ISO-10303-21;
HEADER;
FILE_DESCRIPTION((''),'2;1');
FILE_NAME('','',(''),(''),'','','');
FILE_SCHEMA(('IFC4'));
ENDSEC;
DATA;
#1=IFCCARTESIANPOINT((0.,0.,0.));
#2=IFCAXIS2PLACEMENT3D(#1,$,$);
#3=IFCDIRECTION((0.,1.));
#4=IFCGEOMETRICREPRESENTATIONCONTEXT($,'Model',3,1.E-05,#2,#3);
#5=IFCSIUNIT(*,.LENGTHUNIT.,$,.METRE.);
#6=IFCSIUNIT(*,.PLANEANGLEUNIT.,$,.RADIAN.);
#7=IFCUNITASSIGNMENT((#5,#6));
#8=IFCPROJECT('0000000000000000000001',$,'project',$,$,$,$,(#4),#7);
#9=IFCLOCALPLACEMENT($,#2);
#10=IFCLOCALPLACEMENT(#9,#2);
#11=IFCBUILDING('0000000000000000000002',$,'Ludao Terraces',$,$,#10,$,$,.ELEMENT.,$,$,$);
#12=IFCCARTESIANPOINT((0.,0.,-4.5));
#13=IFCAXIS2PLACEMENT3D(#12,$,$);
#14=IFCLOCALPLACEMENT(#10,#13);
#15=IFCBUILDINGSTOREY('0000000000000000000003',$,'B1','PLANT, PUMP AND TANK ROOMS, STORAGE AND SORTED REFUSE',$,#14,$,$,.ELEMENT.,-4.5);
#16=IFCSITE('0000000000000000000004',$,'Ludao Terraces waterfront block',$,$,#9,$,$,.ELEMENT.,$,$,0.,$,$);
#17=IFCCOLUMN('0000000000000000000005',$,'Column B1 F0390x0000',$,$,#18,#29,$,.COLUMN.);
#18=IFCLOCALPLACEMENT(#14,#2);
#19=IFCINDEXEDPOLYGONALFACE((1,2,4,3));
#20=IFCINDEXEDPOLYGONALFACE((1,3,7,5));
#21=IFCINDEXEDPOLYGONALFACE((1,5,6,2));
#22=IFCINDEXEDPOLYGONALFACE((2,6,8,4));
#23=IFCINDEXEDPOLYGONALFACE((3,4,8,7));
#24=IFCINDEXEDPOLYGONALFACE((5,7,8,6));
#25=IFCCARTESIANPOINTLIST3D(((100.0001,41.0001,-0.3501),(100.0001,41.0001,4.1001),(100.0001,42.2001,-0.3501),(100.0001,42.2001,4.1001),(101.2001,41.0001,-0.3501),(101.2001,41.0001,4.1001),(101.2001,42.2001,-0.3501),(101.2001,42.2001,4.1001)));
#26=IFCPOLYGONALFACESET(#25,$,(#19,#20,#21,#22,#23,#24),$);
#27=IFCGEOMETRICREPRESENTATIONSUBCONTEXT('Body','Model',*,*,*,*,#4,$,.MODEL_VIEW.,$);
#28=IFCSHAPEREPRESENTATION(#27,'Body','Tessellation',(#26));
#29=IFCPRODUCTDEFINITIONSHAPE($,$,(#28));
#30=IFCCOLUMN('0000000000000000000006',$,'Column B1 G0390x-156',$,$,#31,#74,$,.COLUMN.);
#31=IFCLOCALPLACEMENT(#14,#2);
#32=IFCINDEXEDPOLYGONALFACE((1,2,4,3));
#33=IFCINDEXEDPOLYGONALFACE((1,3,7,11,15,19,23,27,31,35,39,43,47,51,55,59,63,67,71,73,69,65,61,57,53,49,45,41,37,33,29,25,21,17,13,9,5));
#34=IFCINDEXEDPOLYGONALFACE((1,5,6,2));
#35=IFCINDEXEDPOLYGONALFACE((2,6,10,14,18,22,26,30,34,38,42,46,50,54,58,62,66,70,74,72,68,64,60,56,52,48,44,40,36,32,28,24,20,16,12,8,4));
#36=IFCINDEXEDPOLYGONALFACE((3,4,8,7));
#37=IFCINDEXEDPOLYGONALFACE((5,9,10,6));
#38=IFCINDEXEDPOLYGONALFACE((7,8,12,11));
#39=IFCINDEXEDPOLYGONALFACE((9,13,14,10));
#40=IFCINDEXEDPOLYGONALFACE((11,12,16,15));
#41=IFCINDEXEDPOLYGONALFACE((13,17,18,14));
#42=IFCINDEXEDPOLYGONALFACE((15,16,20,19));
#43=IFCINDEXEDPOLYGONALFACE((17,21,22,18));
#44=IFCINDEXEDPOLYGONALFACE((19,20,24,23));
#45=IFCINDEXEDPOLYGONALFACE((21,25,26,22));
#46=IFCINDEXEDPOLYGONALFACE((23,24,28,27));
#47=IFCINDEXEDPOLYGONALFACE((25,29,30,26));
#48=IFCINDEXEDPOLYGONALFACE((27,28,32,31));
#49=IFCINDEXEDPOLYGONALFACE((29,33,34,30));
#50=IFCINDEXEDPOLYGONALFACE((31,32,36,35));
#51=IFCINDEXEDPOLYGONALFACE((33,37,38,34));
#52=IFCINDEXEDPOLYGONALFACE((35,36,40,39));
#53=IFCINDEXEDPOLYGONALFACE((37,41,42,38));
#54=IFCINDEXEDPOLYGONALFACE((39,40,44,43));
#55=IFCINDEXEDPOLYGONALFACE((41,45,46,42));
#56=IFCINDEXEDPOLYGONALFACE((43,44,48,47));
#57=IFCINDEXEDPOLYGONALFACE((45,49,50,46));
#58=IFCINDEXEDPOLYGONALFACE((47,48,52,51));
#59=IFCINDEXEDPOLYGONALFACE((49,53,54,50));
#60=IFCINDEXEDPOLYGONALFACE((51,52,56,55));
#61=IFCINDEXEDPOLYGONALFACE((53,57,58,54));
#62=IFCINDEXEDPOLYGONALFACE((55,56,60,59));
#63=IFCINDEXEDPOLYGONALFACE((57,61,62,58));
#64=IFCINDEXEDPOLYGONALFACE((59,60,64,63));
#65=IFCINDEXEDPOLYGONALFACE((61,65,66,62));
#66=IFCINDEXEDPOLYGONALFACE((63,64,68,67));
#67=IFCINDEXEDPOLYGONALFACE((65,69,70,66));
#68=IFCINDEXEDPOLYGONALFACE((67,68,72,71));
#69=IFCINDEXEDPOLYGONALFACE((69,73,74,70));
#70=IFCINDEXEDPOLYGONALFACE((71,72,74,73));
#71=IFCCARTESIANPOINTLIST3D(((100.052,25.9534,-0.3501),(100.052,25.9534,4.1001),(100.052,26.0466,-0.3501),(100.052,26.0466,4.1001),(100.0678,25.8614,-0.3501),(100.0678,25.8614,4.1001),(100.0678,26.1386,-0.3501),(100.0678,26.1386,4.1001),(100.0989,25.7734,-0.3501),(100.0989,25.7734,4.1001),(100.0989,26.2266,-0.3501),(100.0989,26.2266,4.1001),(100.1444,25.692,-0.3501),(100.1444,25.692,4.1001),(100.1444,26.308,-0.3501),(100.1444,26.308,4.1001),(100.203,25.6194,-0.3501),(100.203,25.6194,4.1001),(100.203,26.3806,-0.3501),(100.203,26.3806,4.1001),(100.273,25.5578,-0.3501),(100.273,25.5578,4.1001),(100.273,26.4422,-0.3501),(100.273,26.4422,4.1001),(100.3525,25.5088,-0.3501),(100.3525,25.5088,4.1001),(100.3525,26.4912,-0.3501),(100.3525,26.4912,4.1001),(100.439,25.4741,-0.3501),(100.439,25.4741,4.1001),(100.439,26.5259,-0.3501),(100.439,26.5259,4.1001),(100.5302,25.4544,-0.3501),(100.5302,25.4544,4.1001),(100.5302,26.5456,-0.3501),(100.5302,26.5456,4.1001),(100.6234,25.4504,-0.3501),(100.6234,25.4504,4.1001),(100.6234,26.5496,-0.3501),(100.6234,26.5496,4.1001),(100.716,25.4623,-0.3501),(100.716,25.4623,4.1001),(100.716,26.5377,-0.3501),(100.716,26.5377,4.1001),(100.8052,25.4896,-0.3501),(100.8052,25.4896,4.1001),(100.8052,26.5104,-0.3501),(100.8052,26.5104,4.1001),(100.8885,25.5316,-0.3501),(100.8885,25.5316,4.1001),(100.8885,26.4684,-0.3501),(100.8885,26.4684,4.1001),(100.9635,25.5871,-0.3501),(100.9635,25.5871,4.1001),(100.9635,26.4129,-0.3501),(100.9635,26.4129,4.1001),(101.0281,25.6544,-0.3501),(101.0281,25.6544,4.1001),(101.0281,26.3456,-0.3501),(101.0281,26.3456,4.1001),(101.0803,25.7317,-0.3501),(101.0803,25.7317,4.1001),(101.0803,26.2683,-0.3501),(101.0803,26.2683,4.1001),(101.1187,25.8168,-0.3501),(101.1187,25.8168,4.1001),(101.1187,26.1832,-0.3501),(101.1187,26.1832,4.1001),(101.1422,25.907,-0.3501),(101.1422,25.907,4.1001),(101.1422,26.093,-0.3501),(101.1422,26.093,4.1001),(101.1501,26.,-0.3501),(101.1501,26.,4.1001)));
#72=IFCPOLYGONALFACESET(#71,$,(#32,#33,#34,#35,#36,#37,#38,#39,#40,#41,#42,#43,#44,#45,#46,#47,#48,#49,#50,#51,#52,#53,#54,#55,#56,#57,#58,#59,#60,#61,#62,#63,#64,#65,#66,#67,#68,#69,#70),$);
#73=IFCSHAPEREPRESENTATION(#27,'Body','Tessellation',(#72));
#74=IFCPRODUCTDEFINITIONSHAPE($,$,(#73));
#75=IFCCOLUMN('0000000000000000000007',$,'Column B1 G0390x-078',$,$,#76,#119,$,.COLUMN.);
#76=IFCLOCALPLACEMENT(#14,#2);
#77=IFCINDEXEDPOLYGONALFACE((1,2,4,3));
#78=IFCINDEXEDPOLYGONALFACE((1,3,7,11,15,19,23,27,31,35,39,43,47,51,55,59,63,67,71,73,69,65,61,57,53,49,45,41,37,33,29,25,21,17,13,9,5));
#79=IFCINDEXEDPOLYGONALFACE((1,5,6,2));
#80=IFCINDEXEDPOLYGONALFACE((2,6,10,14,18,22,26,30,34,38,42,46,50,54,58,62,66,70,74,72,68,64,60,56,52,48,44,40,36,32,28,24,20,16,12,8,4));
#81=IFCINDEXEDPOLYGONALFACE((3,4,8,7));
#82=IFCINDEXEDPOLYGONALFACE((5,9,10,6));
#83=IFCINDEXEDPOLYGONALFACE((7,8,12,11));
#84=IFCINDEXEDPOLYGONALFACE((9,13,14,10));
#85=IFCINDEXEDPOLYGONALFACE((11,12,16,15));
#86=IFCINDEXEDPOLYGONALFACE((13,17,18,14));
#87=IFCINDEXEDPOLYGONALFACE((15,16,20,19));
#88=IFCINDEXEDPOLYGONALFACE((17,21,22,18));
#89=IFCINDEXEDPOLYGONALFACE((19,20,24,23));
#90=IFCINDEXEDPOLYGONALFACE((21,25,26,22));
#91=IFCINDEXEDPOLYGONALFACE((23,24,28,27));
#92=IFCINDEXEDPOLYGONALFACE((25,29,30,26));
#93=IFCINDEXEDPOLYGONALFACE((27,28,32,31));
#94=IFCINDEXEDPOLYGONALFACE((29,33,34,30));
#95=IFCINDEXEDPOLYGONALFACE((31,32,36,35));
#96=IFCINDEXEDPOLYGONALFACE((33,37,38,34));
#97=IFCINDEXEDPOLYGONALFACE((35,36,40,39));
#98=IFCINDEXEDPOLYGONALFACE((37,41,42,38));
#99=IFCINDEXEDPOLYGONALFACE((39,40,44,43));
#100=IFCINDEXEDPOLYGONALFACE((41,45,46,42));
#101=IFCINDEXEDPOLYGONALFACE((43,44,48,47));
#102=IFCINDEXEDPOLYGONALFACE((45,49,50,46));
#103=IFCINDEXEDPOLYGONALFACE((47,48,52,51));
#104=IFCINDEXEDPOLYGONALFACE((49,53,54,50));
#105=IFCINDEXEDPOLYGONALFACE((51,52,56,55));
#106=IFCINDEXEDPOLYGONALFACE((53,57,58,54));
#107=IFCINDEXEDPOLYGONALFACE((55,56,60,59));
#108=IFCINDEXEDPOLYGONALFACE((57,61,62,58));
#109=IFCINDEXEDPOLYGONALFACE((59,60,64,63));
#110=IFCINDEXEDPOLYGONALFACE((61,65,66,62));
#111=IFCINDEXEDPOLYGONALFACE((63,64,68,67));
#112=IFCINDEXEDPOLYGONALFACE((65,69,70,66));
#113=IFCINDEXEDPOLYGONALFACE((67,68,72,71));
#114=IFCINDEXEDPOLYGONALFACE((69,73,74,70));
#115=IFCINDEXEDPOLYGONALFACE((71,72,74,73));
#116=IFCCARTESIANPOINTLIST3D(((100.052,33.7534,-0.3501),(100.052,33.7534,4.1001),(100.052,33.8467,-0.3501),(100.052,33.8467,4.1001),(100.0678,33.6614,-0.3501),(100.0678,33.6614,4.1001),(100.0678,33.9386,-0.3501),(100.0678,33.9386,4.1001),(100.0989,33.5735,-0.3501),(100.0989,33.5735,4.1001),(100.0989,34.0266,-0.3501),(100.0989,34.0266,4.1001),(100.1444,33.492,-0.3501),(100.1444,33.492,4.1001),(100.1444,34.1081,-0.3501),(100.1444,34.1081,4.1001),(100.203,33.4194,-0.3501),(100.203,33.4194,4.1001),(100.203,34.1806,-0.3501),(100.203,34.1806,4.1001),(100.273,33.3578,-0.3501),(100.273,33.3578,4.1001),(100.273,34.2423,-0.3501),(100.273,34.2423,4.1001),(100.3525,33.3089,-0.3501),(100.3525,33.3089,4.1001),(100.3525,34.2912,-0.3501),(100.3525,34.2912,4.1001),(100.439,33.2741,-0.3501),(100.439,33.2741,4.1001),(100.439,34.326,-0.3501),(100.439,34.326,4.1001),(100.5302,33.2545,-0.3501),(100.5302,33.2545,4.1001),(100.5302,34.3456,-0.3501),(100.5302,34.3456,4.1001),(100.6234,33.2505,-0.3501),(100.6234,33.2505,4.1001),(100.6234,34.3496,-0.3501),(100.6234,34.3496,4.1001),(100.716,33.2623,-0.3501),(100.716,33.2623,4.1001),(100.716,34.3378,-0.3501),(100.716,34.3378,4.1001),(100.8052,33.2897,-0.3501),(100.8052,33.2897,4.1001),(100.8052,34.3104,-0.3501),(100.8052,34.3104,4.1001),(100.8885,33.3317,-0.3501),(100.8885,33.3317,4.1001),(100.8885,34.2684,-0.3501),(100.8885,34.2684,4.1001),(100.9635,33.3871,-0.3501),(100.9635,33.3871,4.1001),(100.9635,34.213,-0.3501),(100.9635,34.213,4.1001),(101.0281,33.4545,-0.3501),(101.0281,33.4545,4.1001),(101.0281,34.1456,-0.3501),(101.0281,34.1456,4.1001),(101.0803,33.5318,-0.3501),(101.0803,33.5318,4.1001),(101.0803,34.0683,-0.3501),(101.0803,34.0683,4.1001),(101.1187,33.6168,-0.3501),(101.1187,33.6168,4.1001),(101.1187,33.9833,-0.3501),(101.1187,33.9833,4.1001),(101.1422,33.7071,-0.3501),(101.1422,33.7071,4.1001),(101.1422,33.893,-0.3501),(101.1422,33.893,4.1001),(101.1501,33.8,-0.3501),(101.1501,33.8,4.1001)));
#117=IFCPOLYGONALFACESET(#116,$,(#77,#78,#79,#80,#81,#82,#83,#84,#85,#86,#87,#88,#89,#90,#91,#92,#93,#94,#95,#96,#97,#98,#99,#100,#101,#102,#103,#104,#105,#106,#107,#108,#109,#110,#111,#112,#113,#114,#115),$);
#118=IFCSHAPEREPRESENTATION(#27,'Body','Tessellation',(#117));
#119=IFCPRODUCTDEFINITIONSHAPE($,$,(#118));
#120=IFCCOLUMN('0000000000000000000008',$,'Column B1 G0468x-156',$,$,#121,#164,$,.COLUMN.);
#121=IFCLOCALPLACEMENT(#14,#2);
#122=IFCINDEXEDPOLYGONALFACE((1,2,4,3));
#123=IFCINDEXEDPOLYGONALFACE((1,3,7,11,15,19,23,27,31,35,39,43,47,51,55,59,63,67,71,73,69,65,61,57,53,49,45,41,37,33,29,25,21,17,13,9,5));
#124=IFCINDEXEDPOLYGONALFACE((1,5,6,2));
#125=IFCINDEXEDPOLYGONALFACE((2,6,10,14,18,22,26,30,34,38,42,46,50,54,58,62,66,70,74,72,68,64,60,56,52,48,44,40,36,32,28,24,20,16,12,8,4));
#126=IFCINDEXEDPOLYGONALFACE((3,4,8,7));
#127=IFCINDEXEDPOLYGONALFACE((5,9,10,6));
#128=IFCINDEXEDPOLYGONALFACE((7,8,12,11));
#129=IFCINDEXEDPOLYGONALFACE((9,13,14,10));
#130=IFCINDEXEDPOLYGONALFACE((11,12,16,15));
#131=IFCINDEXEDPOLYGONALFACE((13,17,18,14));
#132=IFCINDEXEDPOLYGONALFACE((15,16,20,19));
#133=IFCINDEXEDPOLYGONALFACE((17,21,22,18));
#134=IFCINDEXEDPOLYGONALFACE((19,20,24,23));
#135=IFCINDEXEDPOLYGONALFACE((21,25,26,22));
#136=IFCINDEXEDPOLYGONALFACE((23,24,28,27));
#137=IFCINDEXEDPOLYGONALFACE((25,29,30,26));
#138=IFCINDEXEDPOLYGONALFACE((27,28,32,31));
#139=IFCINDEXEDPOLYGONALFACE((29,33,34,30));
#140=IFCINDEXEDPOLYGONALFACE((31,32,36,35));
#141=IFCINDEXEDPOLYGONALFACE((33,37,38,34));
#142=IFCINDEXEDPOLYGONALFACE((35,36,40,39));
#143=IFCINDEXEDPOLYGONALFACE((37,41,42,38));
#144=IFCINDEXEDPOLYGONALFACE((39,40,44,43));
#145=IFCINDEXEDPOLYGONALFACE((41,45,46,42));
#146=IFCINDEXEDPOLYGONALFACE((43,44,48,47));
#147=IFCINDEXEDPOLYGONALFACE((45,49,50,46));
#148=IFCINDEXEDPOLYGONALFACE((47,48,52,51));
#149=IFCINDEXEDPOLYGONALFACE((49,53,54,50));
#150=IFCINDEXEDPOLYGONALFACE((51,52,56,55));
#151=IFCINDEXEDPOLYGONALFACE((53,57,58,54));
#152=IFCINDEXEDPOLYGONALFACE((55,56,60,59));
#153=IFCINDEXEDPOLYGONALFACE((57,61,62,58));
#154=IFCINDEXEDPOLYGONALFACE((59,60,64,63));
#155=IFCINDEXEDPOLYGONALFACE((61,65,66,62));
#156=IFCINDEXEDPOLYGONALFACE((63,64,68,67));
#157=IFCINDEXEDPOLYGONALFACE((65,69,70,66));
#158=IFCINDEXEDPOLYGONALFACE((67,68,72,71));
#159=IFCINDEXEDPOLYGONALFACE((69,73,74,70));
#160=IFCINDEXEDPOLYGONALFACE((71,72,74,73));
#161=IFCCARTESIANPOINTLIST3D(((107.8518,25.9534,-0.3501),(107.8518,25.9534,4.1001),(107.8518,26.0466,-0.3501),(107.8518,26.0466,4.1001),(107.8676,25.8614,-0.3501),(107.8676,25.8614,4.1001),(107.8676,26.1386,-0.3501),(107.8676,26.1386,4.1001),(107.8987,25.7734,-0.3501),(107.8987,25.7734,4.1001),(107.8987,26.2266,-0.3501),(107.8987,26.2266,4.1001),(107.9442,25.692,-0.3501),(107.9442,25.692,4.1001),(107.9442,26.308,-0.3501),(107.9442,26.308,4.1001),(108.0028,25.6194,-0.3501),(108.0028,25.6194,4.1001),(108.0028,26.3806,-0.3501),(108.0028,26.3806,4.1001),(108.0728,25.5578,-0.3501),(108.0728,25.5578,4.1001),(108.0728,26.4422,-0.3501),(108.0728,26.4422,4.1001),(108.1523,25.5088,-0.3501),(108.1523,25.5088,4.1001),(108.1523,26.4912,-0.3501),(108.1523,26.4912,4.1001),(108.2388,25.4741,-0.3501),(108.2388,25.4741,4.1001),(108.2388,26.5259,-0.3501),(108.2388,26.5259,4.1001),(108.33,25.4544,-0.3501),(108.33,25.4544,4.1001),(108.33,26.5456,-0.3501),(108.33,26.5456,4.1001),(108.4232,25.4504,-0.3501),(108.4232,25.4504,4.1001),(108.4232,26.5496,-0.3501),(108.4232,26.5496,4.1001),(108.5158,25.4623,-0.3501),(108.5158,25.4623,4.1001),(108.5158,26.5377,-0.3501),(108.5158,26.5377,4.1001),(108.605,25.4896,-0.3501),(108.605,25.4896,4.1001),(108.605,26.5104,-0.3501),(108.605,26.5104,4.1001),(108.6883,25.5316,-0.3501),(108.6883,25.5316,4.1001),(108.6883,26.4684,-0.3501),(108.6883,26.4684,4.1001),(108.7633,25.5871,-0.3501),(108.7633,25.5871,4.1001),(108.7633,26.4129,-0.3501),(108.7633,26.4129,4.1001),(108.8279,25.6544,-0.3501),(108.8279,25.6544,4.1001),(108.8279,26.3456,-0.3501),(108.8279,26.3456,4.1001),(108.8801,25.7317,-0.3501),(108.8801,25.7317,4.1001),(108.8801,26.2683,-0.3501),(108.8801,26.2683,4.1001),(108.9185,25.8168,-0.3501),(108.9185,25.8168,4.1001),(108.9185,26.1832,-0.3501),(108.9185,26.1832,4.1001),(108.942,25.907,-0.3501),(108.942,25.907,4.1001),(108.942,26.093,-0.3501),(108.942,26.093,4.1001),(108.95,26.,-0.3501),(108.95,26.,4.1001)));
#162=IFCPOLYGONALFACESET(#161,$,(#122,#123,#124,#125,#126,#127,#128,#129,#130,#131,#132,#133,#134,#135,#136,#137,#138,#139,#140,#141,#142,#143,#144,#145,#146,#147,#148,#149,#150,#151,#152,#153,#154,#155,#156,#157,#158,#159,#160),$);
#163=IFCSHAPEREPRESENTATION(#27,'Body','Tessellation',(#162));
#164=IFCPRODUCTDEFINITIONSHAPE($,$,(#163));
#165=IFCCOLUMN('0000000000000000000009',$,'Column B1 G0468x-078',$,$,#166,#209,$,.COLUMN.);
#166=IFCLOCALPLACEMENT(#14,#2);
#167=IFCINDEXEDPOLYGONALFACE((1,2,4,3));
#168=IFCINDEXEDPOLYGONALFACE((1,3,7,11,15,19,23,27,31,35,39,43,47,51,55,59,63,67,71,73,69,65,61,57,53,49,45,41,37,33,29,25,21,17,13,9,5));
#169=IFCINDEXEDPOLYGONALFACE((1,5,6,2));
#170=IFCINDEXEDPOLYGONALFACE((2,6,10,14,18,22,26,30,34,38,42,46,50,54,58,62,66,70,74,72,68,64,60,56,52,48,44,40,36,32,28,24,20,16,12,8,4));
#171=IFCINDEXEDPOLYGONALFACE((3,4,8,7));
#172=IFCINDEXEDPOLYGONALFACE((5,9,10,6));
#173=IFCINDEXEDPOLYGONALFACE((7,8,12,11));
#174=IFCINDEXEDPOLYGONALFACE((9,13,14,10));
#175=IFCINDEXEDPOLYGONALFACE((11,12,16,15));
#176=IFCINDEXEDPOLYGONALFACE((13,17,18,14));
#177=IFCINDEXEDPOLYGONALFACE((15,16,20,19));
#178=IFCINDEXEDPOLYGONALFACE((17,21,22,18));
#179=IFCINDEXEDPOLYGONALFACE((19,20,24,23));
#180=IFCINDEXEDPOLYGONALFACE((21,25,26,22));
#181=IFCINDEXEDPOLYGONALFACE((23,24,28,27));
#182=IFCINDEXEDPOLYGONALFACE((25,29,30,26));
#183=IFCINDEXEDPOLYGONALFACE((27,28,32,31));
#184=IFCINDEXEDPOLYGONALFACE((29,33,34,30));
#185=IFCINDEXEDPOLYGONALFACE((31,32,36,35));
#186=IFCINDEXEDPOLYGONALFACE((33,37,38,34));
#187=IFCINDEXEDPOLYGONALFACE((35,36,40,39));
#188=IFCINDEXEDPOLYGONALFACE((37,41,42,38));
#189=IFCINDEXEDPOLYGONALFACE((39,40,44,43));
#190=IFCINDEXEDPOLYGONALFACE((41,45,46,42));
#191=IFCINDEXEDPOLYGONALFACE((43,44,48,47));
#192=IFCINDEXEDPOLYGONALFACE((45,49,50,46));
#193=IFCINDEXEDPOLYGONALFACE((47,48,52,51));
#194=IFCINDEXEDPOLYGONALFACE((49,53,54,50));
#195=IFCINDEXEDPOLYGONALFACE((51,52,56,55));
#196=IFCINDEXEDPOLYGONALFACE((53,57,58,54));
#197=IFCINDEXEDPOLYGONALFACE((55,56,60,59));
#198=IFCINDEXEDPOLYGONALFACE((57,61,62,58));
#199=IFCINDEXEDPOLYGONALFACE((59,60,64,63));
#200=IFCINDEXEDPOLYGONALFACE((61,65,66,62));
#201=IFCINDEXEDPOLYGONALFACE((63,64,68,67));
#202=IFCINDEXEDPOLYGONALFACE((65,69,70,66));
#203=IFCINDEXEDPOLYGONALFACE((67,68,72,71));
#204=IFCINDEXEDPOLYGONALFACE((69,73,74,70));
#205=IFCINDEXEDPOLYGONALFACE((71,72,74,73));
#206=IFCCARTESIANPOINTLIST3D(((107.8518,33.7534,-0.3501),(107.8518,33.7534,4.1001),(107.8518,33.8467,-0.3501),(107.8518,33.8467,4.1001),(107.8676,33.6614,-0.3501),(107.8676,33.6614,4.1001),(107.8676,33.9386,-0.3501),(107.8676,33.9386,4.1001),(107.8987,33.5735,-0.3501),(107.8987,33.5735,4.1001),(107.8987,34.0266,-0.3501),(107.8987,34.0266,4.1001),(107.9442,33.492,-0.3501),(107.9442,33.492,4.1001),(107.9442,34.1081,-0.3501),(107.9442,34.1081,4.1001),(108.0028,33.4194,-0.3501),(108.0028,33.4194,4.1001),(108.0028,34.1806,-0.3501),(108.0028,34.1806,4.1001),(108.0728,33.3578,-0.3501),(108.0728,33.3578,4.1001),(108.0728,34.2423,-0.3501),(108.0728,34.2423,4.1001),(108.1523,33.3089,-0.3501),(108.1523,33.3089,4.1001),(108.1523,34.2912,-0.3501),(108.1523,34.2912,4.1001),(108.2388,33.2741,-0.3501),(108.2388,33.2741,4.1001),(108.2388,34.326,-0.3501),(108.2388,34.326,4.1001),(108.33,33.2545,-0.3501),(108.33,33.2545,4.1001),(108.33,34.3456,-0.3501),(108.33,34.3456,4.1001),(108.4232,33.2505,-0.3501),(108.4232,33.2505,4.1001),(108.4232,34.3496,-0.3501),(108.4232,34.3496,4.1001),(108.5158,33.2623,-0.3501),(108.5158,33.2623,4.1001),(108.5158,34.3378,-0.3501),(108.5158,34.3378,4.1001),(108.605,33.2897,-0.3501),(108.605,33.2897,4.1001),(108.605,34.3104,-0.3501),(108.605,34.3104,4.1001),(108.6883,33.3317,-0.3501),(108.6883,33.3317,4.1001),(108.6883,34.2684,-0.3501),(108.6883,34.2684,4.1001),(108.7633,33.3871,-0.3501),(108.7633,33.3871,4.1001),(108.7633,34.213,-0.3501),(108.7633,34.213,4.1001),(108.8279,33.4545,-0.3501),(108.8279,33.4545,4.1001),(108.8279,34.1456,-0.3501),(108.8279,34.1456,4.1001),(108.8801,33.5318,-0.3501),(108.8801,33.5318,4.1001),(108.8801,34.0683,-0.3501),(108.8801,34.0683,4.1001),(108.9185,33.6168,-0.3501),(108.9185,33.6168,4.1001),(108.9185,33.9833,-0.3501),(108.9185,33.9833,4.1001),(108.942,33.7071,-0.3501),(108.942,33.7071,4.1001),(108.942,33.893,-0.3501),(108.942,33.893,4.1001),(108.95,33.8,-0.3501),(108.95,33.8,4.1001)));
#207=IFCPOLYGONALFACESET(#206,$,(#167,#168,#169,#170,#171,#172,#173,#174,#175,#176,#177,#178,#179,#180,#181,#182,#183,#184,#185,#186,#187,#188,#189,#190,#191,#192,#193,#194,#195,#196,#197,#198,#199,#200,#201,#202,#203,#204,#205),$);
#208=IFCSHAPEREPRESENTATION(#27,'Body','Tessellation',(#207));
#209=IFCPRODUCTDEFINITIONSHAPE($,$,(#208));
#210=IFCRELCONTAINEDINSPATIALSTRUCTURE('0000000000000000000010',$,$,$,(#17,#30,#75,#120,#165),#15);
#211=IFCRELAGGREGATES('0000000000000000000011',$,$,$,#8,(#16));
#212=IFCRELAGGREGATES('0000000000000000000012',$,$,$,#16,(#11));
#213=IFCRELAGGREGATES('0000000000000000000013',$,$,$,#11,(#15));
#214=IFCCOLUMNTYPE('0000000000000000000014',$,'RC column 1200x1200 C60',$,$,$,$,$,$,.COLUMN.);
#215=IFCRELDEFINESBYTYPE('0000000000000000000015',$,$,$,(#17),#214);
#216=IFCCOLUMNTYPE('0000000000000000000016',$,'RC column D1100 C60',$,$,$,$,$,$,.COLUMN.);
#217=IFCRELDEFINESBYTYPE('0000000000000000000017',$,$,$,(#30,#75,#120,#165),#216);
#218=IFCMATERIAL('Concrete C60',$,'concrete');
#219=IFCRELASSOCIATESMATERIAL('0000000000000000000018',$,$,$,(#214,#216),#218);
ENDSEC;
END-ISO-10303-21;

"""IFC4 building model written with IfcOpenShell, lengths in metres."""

from ifc_helpers import new_model, si_unit, direction, frame, origin, origin_2d, place, context, subcontext, project, spatial, rectangle, circle, extrude, material, material_profile, profile_set, type_object, element, save


model = new_model("IFC4")

# Units and contexts
model_context = context("Model", 3, precision=1e-05, world=origin(), true_north=direction((0.0, 1.0)))
body_context = subcontext(model_context, "Body", "Model", "MODEL_VIEW")
ifc_project = project(units=[si_unit("LENGTHUNIT", "METRE"), si_unit("PLANEANGLEUNIT", "RADIAN")], contexts=[model_context])

# Site, building, storey
site_placement = place(None, origin())
site = spatial("IfcSite", under=ifc_project, at=site_placement, Name="Ludao Terraces waterfront block", CompositionType="ELEMENT", RefElevation=0.0)
building_placement = place(site_placement, origin())
building = spatial("IfcBuilding", under=site, at=building_placement, Name="Ludao Terraces", CompositionType="ELEMENT")
storey_placement = place(building_placement, frame((0.0, 0.0, -4.5)))
storey = spatial("IfcBuildingStorey", under=building, at=storey_placement, Name="B1", Description="PLANT, PUMP AND TANK ROOMS, STORAGE AND SORTED REFUSE", CompositionType="ELEMENT", Elevation=-4.5)

# Columns
ifc_material_1 = material(Name="Concrete C60", Category="concrete")
ifc_material_profile_1 = material_profile(ifc_material_1, rectangle(XDim=1.2, YDim=1.2, at=origin_2d()), Name="1200 X 1200")
ifc_profile_set_1 = profile_set([ifc_material_profile_1], Name="Concrete C60")
column_type_1 = type_object("IfcColumnType", Name="RC column 1200x1200 C60", PredefinedType="COLUMN", material=ifc_profile_set_1)
column_placement = place(storey_placement, frame((100.6001, 41.6001, -0.3501), z_axis=(0.0, 0.0, 1.0), x_axis=(1.0, 0.0, 0.0)))
element("IfcColumn", 1, at=column_placement, inside=storey, type_object=column_type_1, Name="Column B1 F0390x0000", PredefinedType="COLUMN", context=body_context, shape_type="SweptSolid", body=[
    extrude(rectangle(XDim=1.2, YDim=1.2, at=origin_2d()), origin(), (0.0, 0.0, 1.0), 4.4502),
])
ifc_material_profile_2 = material_profile(ifc_material_1, circle(Radius=0.55, at=origin_2d()), Name="D1100")
ifc_profile_set_2 = profile_set([ifc_material_profile_2], Name="Concrete C60")
column_type_2 = type_object("IfcColumnType", Name="RC column D1100 C60", PredefinedType="COLUMN", material=ifc_profile_set_2)
for number, where, z_axis, x_axis, name in (
    (2, (100.6001, 26.0, -0.3501), (0.0, 0.0, 1.0), (1.0, 0.0, 0.0), "Column B1 G0390x-156"),
    (3, (100.6001, 33.8, -0.3501), (0.0, 0.0, 1.0), (1.0, 0.0, 0.0), "Column B1 G0390x-078"),
    (4, (108.3999, 26.0, -0.3501), (0.0, 0.0, 1.0), (1.0, 0.0, 0.0), "Column B1 G0468x-156"),
    (5, (108.3999, 33.8, -0.3501), (0.0, 0.0, 1.0), (1.0, 0.0, 0.0), "Column B1 G0468x-078"),
):
    element("IfcColumn", number, at=place(storey_placement, frame(where, z_axis=z_axis, x_axis=x_axis)), inside=storey, type_object=column_type_2, Name=name, PredefinedType="COLUMN", context=body_context, shape_type="SweptSolid", body=[
        extrude(circle(Radius=0.55, at=origin_2d()), origin(), (0.0, 0.0, 1.0), 4.4502),
    ])

save(model, "model.ifc")
